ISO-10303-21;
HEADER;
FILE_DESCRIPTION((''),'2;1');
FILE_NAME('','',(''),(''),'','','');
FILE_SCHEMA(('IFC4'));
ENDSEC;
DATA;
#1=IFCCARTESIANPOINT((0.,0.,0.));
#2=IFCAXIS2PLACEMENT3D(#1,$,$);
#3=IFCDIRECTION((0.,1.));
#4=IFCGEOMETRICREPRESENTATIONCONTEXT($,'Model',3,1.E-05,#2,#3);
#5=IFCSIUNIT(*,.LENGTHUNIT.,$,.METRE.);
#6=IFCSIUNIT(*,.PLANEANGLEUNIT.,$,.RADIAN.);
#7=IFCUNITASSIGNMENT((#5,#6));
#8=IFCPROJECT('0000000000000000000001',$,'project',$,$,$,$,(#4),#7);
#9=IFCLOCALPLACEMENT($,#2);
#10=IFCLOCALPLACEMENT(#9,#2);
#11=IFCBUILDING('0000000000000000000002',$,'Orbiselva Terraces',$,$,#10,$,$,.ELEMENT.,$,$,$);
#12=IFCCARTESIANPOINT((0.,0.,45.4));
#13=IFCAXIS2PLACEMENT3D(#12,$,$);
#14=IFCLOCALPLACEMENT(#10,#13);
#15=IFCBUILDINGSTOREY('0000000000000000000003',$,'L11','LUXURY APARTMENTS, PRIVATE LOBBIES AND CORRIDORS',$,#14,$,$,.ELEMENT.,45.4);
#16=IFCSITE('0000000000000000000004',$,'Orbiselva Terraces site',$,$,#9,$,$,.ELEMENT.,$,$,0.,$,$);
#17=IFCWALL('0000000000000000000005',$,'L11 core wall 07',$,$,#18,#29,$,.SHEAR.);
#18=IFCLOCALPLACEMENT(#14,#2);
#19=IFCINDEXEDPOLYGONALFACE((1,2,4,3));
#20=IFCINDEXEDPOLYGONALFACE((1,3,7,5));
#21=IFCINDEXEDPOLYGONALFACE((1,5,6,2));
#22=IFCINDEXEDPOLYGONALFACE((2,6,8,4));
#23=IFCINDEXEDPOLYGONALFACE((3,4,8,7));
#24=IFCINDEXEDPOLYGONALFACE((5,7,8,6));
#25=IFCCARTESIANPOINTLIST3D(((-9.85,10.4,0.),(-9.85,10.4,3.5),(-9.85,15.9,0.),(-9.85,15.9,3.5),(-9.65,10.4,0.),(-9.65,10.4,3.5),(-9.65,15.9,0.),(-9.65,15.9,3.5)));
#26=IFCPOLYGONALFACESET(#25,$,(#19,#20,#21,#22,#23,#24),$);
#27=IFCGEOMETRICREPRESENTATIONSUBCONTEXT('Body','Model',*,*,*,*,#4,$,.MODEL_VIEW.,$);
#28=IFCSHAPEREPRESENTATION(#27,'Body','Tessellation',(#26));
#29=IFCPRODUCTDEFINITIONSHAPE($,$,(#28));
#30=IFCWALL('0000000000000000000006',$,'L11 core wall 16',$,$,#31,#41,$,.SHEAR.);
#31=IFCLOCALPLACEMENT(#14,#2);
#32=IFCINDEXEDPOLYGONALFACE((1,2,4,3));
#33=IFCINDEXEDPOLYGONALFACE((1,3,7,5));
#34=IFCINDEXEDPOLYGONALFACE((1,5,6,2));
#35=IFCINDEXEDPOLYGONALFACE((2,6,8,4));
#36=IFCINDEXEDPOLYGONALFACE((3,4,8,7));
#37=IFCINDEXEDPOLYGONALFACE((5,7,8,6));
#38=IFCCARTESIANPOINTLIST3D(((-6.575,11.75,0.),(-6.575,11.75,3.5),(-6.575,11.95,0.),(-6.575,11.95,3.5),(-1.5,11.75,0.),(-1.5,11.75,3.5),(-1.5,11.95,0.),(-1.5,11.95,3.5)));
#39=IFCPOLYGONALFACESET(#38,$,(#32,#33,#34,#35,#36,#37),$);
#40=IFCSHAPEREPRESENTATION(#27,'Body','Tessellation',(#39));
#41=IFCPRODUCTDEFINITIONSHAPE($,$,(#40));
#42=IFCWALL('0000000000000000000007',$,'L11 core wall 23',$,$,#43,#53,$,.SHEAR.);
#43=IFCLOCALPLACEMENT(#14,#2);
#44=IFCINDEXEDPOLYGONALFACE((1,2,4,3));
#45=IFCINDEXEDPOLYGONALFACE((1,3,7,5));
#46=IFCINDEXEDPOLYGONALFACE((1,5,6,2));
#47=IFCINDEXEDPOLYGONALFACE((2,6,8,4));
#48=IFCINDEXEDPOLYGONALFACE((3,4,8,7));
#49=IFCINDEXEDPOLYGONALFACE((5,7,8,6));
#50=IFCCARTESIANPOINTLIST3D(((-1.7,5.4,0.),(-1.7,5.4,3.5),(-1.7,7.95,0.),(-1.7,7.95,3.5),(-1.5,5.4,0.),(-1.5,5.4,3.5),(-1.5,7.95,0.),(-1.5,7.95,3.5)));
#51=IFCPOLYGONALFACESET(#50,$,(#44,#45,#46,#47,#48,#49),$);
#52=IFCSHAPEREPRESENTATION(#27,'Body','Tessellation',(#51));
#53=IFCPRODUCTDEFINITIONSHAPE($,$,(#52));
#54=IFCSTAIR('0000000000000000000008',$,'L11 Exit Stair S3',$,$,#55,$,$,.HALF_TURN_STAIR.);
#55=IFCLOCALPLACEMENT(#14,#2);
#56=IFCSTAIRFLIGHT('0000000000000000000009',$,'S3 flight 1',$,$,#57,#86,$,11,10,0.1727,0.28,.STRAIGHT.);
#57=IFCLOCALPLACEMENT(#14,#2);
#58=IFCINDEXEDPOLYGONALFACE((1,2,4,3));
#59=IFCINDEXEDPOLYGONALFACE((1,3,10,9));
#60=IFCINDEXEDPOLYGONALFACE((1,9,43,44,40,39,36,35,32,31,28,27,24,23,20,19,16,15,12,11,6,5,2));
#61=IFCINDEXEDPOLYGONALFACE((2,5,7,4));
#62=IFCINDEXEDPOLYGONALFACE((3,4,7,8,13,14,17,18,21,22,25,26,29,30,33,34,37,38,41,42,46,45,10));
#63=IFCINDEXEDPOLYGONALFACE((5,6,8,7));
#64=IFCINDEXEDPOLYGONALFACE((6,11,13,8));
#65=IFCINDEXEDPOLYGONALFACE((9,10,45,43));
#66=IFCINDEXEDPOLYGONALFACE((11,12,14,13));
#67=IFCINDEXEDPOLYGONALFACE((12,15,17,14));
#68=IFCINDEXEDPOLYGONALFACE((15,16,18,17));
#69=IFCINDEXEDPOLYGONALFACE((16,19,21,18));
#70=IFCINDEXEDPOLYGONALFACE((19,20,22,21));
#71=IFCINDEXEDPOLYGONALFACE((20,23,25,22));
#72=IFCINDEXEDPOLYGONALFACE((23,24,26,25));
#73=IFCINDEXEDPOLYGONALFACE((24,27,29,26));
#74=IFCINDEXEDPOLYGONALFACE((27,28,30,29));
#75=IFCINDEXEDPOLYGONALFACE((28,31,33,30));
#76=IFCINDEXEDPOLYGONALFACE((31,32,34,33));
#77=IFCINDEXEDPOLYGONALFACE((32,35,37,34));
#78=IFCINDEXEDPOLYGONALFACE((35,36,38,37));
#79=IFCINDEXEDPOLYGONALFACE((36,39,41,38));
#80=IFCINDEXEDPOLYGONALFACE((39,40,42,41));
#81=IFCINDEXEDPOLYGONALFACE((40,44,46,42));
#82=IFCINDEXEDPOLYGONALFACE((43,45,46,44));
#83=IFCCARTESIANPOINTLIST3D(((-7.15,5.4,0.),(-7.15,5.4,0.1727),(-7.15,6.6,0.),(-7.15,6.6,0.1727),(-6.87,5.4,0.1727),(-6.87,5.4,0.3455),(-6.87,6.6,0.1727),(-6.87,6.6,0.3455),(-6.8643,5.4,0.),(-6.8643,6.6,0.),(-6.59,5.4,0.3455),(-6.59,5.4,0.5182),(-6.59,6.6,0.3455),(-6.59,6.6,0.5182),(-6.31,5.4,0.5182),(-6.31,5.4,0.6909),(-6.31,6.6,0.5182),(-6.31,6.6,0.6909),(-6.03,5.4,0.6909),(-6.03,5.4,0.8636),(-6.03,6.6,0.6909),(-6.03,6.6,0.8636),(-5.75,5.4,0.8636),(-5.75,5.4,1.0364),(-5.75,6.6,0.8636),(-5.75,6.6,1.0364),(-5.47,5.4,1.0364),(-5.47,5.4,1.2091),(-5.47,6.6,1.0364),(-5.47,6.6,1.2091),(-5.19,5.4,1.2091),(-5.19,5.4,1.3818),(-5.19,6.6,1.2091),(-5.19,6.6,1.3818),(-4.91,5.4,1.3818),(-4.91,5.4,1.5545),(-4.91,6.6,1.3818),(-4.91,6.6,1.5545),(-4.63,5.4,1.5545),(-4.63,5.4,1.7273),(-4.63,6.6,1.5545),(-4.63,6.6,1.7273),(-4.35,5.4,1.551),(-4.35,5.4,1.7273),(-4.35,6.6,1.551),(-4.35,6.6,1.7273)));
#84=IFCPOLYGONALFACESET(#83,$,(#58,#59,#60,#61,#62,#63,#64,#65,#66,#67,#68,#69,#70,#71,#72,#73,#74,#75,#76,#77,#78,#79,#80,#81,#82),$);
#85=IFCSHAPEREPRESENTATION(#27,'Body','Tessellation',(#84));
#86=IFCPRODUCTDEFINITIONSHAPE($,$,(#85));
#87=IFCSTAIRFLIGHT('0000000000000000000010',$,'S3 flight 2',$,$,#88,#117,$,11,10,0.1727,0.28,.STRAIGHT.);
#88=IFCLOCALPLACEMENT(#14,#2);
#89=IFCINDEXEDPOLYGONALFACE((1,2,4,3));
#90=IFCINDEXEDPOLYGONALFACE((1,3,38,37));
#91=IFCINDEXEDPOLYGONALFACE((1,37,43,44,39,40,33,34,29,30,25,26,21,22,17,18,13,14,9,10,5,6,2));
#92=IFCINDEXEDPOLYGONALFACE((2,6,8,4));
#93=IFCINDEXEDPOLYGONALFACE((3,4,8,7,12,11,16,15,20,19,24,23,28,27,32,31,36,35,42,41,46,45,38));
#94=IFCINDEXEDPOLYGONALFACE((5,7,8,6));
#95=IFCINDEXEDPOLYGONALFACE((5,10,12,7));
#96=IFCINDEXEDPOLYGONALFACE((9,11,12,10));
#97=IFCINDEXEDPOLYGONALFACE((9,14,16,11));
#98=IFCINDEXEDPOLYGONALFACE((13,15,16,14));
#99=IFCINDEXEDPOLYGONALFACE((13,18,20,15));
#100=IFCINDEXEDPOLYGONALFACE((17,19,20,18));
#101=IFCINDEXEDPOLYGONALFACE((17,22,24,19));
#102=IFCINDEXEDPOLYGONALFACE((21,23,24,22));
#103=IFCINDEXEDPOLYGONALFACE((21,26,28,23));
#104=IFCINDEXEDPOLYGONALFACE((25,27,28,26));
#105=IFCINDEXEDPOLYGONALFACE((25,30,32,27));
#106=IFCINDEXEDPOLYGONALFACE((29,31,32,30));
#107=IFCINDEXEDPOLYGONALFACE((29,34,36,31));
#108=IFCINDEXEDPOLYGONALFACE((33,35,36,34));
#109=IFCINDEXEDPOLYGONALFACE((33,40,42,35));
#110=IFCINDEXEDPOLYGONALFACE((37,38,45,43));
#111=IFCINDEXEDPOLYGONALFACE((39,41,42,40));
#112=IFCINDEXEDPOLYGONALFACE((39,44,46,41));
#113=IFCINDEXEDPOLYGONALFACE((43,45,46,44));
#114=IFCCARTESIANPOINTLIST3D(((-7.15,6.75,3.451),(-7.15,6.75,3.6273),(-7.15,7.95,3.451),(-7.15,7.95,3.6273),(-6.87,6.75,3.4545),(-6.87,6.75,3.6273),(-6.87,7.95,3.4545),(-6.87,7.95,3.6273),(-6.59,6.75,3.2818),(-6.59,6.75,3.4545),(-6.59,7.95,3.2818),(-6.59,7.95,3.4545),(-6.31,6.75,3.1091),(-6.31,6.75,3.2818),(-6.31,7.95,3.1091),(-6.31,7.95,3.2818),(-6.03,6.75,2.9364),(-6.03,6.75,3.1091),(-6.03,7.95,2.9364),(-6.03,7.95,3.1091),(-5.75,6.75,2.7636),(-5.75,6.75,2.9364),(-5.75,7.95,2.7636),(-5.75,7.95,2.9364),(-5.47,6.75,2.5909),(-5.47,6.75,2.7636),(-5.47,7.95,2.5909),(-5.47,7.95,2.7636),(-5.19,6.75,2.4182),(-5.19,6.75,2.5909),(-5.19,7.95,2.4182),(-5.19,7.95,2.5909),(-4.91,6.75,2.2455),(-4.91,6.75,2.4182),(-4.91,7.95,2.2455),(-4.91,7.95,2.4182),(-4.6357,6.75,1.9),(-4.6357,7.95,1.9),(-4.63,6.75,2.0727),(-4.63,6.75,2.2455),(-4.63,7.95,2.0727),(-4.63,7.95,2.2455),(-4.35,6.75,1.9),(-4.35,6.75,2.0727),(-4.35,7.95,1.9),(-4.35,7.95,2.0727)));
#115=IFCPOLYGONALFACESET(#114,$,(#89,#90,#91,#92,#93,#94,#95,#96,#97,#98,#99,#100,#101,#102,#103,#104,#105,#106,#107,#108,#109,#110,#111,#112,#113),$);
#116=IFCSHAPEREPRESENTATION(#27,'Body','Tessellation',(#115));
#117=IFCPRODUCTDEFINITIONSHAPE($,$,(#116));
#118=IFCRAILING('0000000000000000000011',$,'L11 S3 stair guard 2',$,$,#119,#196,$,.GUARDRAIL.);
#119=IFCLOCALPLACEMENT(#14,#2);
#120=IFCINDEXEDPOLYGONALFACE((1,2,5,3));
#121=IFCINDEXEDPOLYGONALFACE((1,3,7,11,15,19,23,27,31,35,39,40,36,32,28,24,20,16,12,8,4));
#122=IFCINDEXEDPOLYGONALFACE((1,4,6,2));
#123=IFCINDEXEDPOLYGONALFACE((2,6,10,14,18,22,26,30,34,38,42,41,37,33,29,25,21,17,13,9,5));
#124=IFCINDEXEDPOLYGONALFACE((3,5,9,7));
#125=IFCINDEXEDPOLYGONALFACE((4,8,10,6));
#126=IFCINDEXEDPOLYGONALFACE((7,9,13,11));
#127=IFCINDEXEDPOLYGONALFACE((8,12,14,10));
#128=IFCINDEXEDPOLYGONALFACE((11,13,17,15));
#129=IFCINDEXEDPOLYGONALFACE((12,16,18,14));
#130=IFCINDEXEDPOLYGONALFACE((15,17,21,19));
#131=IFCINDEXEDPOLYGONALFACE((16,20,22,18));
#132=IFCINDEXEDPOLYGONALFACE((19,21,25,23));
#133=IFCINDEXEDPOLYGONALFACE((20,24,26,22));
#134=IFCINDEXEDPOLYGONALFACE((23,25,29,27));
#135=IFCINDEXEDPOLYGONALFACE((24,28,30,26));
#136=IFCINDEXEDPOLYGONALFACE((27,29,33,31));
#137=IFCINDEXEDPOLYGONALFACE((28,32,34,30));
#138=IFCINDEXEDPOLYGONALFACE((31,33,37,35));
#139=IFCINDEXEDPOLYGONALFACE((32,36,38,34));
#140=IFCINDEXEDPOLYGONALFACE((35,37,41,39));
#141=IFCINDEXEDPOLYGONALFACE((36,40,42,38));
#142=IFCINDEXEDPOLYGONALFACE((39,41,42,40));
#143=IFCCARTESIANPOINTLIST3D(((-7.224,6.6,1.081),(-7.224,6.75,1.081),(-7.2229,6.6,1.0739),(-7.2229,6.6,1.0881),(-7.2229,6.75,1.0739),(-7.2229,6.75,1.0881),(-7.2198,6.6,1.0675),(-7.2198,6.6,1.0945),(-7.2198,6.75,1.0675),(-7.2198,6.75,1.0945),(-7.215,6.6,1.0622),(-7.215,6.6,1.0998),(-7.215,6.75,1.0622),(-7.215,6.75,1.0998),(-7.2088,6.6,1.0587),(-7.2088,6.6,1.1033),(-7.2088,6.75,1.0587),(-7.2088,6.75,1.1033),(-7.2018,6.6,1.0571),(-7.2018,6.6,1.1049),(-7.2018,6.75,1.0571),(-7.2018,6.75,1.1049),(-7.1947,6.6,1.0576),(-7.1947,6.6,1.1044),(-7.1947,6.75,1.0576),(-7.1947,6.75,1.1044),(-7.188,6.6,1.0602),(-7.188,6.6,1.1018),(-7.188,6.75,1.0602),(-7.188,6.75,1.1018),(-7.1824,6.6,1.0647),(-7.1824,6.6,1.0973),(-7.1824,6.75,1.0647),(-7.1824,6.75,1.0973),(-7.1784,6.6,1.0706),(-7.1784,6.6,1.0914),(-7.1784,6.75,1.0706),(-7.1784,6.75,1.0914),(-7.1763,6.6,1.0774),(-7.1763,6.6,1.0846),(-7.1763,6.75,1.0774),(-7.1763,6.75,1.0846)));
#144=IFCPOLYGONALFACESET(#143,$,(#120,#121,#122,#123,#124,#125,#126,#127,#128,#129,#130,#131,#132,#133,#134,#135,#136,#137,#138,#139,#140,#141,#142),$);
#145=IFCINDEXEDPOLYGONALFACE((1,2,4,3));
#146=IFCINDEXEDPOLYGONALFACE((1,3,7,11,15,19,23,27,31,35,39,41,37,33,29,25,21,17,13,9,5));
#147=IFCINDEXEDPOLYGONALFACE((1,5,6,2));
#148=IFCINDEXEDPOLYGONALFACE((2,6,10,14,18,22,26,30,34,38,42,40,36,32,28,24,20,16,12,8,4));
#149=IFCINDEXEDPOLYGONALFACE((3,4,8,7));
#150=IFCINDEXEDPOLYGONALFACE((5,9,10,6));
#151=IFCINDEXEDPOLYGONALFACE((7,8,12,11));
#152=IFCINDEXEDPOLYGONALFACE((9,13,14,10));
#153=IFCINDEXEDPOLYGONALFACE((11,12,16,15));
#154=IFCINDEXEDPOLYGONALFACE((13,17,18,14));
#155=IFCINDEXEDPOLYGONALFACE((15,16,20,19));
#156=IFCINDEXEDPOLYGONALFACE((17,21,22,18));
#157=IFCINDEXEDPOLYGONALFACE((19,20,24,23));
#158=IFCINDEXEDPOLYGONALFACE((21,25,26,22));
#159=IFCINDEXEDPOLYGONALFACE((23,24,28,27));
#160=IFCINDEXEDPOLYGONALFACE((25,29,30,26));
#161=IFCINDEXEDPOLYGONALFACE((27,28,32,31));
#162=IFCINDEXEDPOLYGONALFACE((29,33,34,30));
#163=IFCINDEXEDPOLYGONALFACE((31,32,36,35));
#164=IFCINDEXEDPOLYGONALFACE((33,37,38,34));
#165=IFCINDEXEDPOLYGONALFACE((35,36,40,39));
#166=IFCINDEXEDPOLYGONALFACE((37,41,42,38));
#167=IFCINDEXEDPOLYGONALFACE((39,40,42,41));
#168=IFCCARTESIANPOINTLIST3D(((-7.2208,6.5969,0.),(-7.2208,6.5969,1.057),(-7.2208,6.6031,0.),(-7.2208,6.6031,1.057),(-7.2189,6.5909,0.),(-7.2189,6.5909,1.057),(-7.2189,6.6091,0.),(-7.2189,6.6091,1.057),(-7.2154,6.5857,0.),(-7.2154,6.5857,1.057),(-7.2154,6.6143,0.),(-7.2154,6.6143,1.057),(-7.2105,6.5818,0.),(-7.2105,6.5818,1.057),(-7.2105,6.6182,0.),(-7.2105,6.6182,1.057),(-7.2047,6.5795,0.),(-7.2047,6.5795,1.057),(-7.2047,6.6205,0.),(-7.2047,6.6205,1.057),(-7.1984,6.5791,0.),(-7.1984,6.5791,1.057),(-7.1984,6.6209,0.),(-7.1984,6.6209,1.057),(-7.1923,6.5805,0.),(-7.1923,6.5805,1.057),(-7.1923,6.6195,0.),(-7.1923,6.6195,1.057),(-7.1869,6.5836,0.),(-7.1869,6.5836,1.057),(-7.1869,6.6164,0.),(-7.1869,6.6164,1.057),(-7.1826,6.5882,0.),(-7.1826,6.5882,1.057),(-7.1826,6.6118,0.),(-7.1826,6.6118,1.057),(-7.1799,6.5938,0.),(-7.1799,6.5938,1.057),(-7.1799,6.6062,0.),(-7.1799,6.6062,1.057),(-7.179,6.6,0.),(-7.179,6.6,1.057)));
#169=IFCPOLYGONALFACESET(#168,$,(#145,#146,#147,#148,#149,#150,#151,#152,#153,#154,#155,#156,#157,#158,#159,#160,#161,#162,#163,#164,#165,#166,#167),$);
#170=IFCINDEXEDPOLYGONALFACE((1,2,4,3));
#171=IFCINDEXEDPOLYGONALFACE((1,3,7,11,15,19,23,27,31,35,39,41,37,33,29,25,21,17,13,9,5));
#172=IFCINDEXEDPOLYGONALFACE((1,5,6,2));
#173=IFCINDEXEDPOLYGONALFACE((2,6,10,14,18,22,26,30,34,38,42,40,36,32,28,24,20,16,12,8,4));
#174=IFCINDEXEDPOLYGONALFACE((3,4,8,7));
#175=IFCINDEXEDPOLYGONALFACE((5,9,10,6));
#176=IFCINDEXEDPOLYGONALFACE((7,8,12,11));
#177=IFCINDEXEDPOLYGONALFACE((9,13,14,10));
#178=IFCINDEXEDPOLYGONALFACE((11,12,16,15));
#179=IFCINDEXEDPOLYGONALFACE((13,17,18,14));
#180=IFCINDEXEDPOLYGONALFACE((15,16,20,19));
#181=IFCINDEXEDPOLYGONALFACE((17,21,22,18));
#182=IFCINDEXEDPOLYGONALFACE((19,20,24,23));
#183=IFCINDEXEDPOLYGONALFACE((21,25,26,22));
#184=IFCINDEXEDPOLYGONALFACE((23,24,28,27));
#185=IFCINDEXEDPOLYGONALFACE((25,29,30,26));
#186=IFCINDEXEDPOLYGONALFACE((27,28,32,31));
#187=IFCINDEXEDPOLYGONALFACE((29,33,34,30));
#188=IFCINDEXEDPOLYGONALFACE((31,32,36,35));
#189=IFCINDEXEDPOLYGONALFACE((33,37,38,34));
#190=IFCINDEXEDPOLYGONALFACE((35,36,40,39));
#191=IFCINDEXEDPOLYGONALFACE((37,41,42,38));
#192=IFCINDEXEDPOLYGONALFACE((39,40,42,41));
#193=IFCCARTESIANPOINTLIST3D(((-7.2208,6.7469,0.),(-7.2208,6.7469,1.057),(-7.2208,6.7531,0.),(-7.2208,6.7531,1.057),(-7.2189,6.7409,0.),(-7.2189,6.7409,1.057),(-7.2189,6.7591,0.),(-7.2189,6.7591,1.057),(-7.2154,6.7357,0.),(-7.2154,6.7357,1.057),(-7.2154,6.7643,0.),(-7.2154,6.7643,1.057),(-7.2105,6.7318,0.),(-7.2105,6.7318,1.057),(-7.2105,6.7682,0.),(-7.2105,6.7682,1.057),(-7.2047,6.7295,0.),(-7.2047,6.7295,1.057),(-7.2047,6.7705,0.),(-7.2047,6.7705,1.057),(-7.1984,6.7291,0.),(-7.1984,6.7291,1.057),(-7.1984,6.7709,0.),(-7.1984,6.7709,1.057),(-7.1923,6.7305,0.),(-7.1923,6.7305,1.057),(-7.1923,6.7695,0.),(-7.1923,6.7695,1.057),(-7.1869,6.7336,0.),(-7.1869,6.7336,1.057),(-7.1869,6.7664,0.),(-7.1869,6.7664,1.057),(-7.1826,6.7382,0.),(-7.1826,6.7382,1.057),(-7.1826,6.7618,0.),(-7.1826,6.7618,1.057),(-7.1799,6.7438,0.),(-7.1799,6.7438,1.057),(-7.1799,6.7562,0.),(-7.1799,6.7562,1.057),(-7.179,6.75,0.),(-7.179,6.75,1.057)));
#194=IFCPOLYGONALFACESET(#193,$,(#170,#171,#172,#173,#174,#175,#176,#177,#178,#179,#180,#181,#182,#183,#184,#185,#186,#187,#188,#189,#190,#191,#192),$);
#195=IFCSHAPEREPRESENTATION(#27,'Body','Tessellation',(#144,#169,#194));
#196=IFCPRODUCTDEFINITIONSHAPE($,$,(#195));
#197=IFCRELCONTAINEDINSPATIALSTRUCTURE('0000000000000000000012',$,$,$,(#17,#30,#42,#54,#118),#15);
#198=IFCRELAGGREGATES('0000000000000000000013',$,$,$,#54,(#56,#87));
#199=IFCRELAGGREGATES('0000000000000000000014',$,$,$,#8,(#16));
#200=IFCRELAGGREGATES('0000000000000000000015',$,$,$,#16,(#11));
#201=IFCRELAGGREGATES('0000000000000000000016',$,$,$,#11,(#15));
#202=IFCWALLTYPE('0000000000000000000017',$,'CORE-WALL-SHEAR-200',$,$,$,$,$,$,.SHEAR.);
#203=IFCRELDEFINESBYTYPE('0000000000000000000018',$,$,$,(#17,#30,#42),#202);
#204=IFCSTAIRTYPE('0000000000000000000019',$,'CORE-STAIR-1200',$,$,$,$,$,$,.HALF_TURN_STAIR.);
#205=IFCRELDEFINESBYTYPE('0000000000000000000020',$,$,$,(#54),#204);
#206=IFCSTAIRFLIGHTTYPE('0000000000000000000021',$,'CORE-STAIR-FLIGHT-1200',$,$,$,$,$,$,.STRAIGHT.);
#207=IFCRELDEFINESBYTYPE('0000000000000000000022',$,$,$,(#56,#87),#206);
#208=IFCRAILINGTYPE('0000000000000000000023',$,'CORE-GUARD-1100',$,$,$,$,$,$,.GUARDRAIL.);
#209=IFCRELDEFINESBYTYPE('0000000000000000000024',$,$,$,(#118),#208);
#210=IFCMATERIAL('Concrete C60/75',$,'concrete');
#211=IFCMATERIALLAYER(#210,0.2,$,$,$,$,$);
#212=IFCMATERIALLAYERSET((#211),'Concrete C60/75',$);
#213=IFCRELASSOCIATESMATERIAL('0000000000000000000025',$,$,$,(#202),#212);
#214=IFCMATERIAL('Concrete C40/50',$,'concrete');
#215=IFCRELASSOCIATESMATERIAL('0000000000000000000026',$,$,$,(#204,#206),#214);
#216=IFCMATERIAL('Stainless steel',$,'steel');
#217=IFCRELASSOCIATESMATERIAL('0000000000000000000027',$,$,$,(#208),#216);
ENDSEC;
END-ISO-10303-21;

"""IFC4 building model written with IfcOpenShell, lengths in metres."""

from ifc_helpers import new_model, si_unit, direction, frame, frame_2d, origin, origin_2d, place, context, subcontext, project, spatial, polyline, rectangle, circle, outline, extrude, material, layer, layer_set, type_object, element, aggregate, save


model = new_model("IFC4")

# Units and contexts
model_context = context("Model", 3, precision=1e-05, world=origin(), true_north=direction((0.0, 1.0)))
body_context = subcontext(model_context, "Body", "Model", "MODEL_VIEW")
ifc_project = project(units=[si_unit("LENGTHUNIT", "METRE"), si_unit("PLANEANGLEUNIT", "RADIAN")], contexts=[model_context])

# Site, building, storey
site_placement = place(None, origin())
site = spatial("IfcSite", under=ifc_project, at=site_placement, Name="Orbiselva Terraces site", CompositionType="ELEMENT", RefElevation=0.0)
building_placement = place(site_placement, origin())
building = spatial("IfcBuilding", under=site, at=building_placement, Name="Orbiselva Terraces", CompositionType="ELEMENT")
storey_placement = place(building_placement, frame((0.0, 0.0, 45.4)))
storey = spatial("IfcBuildingStorey", under=building, at=storey_placement, Name="L11", Description="LUXURY APARTMENTS, PRIVATE LOBBIES AND CORRIDORS", CompositionType="ELEMENT", Elevation=45.4)

# Walls
ifc_material_1 = material(Name="Concrete C60/75", Category="concrete")
ifc_layer_1 = layer(ifc_material_1, 0.2)
ifc_layer_set_1 = layer_set([ifc_layer_1], Name="Concrete C60/75")
wall_type_1 = type_object("IfcWallType", Name="CORE-WALL-SHEAR-200", PredefinedType="SHEAR", material=ifc_layer_set_1)
wall_1_placement = place(storey_placement, frame((-9.75, 10.4, 0.0), z_axis=(0.0, 0.0, 1.0), x_axis=(0.0, 1.0, 0.0)))
element("IfcWall", 1, at=wall_1_placement, inside=storey, type_object=wall_type_1, Name="L11 core wall 07", PredefinedType="SHEAR", context=body_context, shape_type="SweptSolid", body=[
    extrude(rectangle(XDim=5.5, YDim=0.2, at=frame_2d((2.75, 0.0))), origin(), (0.0, 0.0, 1.0), 3.5),
])
wall_2_placement = place(storey_placement, frame((-6.575, 11.85, 0.0), z_axis=(0.0, 0.0, 1.0), x_axis=(1.0, 0.0, 0.0)))
element("IfcWall", 2, at=wall_2_placement, inside=storey, type_object=wall_type_1, Name="L11 core wall 16", PredefinedType="SHEAR", context=body_context, shape_type="SweptSolid", body=[
    extrude(rectangle(XDim=5.075, YDim=0.2, at=frame_2d((2.5375, 0.0))), origin(), (0.0, 0.0, 1.0), 3.5),
])
wall_3_placement = place(storey_placement, frame((-1.6, 5.4, 0.0), z_axis=(0.0, 0.0, 1.0), x_axis=(0.0, 1.0, 0.0)))
element("IfcWall", 3, at=wall_3_placement, inside=storey, type_object=wall_type_1, Name="L11 core wall 23", PredefinedType="SHEAR", context=body_context, shape_type="SweptSolid", body=[
    extrude(rectangle(XDim=2.55, YDim=0.2, at=frame_2d((1.275, 0.0))), origin(), (0.0, 0.0, 1.0), 3.5),
])

# Stair, stair flights
ifc_material_2 = material(Name="Concrete C40/50", Category="concrete")
stair_type = type_object("IfcStairType", Name="CORE-STAIR-1200", PredefinedType="HALF_TURN_STAIR", material=ifc_material_2)
stair_placement = place(storey_placement, origin())
stair = element("IfcStair", 4, at=stair_placement, inside=storey, type_object=stair_type, Name="L11 Exit Stair S3", PredefinedType="HALF_TURN_STAIR")
stair_flight_type = type_object("IfcStairFlightType", Name="CORE-STAIR-FLIGHT-1200", PredefinedType="STRAIGHT", material=ifc_material_2)
stair_flight_1_placement = place(storey_placement, frame((-7.15, 6.0, 0.0), z_axis=(0.0, 0.0, 1.0), x_axis=(1.0, 0.0, 0.0)))
stair_flight_1 = element("IfcStairFlight", 5, at=stair_flight_1_placement, type_object=stair_flight_type, Name="S3 flight 1", NumberOfRisers=11, NumberOfTreads=10, PredefinedType="STRAIGHT", RiserHeight=0.1727, TreadLength=0.28, context=body_context, shape_type="SweptSolid", body=[
    extrude(outline(polyline([(0.0, 0.0), (0.0, 0.1727), (0.28, 0.1727), (0.28, 0.3455), (0.56, 0.3455), (0.56, 0.5182), (0.84, 0.5182), (0.84, 0.6909), (1.12, 0.6909), (1.12, 0.8636), (1.4, 0.8636), (1.4, 1.0364), (1.68, 1.0364), (1.68, 1.2091), (1.96, 1.2091), (1.96, 1.3818), (2.24, 1.3818), (2.24, 1.5545), (2.52, 1.5545), (2.52, 1.7273), (2.8, 1.7273), (2.8, 1.9), (2.8, 1.551), (0.2857, 0.0), (0.0, 0.0)])), frame((0.0, 0.6, 0.0), z_axis=(0.0, -1.0, 0.0), x_axis=(1.0, 0.0, 0.0)), (0.0, 0.0, 1.0), 1.2),
])
stair_flight_2_placement = place(storey_placement, frame((-4.35, 7.35, 1.9), z_axis=(0.0, 0.0, 1.0), x_axis=(-1.0, 0.0, 0.0)))
stair_flight_2 = element("IfcStairFlight", 6, at=stair_flight_2_placement, type_object=stair_flight_type, Name="S3 flight 2", NumberOfRisers=11, NumberOfTreads=10, PredefinedType="STRAIGHT", RiserHeight=0.1727, TreadLength=0.28, context=body_context, shape_type="SweptSolid", body=[
    extrude(outline(polyline([(0.0, 0.0), (0.0, 0.1727), (0.28, 0.1727), (0.28, 0.3455), (0.56, 0.3455), (0.56, 0.5182), (0.84, 0.5182), (0.84, 0.6909), (1.12, 0.6909), (1.12, 0.8636), (1.4, 0.8636), (1.4, 1.0364), (1.68, 1.0364), (1.68, 1.2091), (1.96, 1.2091), (1.96, 1.3818), (2.24, 1.3818), (2.24, 1.5545), (2.52, 1.5545), (2.52, 1.7273), (2.8, 1.7273), (2.8, 1.9), (2.8, 1.551), (0.2857, 0.0), (0.0, 0.0)])), frame((0.0, 0.6, 0.0), z_axis=(0.0, -1.0, 0.0), x_axis=(1.0, 0.0, 0.0)), (0.0, 0.0, 1.0), 1.2),
])
aggregate(stair, [stair_flight_1, stair_flight_2])

# Railing
ifc_material_3 = material(Name="Stainless steel", Category="steel")
railing_type_1 = type_object("IfcRailingType", Name="CORE-GUARD-1100", PredefinedType="GUARDRAIL", material=ifc_material_3)
railing_1_placement = place(storey_placement, frame((-7.2, 6.6, 0.0)))
element("IfcRailing", 7, at=railing_1_placement, inside=storey, type_object=railing_type_1, Name="L11 S3 stair guard 2", PredefinedType="GUARDRAIL", context=body_context, shape_type="SweptSolid", body=[
    extrude(circle(Radius=0.024, at=origin_2d()), frame((0.0, 0.0, 1.081), z_axis=(0.0, 1.0, 0.0), x_axis=(-1.0, 0.0, 0.0)), (0.0, 0.0, 1.0), 0.15),
    extrude(circle(Radius=0.021, at=origin_2d()), origin(), (0.0, 0.0, 1.0), 1.057),
    extrude(circle(Radius=0.021, at=origin_2d()), frame((0.0, 0.15, 0.0)), (0.0, 0.0, 1.0), 1.057),
])

save(model, "model.ifc")
